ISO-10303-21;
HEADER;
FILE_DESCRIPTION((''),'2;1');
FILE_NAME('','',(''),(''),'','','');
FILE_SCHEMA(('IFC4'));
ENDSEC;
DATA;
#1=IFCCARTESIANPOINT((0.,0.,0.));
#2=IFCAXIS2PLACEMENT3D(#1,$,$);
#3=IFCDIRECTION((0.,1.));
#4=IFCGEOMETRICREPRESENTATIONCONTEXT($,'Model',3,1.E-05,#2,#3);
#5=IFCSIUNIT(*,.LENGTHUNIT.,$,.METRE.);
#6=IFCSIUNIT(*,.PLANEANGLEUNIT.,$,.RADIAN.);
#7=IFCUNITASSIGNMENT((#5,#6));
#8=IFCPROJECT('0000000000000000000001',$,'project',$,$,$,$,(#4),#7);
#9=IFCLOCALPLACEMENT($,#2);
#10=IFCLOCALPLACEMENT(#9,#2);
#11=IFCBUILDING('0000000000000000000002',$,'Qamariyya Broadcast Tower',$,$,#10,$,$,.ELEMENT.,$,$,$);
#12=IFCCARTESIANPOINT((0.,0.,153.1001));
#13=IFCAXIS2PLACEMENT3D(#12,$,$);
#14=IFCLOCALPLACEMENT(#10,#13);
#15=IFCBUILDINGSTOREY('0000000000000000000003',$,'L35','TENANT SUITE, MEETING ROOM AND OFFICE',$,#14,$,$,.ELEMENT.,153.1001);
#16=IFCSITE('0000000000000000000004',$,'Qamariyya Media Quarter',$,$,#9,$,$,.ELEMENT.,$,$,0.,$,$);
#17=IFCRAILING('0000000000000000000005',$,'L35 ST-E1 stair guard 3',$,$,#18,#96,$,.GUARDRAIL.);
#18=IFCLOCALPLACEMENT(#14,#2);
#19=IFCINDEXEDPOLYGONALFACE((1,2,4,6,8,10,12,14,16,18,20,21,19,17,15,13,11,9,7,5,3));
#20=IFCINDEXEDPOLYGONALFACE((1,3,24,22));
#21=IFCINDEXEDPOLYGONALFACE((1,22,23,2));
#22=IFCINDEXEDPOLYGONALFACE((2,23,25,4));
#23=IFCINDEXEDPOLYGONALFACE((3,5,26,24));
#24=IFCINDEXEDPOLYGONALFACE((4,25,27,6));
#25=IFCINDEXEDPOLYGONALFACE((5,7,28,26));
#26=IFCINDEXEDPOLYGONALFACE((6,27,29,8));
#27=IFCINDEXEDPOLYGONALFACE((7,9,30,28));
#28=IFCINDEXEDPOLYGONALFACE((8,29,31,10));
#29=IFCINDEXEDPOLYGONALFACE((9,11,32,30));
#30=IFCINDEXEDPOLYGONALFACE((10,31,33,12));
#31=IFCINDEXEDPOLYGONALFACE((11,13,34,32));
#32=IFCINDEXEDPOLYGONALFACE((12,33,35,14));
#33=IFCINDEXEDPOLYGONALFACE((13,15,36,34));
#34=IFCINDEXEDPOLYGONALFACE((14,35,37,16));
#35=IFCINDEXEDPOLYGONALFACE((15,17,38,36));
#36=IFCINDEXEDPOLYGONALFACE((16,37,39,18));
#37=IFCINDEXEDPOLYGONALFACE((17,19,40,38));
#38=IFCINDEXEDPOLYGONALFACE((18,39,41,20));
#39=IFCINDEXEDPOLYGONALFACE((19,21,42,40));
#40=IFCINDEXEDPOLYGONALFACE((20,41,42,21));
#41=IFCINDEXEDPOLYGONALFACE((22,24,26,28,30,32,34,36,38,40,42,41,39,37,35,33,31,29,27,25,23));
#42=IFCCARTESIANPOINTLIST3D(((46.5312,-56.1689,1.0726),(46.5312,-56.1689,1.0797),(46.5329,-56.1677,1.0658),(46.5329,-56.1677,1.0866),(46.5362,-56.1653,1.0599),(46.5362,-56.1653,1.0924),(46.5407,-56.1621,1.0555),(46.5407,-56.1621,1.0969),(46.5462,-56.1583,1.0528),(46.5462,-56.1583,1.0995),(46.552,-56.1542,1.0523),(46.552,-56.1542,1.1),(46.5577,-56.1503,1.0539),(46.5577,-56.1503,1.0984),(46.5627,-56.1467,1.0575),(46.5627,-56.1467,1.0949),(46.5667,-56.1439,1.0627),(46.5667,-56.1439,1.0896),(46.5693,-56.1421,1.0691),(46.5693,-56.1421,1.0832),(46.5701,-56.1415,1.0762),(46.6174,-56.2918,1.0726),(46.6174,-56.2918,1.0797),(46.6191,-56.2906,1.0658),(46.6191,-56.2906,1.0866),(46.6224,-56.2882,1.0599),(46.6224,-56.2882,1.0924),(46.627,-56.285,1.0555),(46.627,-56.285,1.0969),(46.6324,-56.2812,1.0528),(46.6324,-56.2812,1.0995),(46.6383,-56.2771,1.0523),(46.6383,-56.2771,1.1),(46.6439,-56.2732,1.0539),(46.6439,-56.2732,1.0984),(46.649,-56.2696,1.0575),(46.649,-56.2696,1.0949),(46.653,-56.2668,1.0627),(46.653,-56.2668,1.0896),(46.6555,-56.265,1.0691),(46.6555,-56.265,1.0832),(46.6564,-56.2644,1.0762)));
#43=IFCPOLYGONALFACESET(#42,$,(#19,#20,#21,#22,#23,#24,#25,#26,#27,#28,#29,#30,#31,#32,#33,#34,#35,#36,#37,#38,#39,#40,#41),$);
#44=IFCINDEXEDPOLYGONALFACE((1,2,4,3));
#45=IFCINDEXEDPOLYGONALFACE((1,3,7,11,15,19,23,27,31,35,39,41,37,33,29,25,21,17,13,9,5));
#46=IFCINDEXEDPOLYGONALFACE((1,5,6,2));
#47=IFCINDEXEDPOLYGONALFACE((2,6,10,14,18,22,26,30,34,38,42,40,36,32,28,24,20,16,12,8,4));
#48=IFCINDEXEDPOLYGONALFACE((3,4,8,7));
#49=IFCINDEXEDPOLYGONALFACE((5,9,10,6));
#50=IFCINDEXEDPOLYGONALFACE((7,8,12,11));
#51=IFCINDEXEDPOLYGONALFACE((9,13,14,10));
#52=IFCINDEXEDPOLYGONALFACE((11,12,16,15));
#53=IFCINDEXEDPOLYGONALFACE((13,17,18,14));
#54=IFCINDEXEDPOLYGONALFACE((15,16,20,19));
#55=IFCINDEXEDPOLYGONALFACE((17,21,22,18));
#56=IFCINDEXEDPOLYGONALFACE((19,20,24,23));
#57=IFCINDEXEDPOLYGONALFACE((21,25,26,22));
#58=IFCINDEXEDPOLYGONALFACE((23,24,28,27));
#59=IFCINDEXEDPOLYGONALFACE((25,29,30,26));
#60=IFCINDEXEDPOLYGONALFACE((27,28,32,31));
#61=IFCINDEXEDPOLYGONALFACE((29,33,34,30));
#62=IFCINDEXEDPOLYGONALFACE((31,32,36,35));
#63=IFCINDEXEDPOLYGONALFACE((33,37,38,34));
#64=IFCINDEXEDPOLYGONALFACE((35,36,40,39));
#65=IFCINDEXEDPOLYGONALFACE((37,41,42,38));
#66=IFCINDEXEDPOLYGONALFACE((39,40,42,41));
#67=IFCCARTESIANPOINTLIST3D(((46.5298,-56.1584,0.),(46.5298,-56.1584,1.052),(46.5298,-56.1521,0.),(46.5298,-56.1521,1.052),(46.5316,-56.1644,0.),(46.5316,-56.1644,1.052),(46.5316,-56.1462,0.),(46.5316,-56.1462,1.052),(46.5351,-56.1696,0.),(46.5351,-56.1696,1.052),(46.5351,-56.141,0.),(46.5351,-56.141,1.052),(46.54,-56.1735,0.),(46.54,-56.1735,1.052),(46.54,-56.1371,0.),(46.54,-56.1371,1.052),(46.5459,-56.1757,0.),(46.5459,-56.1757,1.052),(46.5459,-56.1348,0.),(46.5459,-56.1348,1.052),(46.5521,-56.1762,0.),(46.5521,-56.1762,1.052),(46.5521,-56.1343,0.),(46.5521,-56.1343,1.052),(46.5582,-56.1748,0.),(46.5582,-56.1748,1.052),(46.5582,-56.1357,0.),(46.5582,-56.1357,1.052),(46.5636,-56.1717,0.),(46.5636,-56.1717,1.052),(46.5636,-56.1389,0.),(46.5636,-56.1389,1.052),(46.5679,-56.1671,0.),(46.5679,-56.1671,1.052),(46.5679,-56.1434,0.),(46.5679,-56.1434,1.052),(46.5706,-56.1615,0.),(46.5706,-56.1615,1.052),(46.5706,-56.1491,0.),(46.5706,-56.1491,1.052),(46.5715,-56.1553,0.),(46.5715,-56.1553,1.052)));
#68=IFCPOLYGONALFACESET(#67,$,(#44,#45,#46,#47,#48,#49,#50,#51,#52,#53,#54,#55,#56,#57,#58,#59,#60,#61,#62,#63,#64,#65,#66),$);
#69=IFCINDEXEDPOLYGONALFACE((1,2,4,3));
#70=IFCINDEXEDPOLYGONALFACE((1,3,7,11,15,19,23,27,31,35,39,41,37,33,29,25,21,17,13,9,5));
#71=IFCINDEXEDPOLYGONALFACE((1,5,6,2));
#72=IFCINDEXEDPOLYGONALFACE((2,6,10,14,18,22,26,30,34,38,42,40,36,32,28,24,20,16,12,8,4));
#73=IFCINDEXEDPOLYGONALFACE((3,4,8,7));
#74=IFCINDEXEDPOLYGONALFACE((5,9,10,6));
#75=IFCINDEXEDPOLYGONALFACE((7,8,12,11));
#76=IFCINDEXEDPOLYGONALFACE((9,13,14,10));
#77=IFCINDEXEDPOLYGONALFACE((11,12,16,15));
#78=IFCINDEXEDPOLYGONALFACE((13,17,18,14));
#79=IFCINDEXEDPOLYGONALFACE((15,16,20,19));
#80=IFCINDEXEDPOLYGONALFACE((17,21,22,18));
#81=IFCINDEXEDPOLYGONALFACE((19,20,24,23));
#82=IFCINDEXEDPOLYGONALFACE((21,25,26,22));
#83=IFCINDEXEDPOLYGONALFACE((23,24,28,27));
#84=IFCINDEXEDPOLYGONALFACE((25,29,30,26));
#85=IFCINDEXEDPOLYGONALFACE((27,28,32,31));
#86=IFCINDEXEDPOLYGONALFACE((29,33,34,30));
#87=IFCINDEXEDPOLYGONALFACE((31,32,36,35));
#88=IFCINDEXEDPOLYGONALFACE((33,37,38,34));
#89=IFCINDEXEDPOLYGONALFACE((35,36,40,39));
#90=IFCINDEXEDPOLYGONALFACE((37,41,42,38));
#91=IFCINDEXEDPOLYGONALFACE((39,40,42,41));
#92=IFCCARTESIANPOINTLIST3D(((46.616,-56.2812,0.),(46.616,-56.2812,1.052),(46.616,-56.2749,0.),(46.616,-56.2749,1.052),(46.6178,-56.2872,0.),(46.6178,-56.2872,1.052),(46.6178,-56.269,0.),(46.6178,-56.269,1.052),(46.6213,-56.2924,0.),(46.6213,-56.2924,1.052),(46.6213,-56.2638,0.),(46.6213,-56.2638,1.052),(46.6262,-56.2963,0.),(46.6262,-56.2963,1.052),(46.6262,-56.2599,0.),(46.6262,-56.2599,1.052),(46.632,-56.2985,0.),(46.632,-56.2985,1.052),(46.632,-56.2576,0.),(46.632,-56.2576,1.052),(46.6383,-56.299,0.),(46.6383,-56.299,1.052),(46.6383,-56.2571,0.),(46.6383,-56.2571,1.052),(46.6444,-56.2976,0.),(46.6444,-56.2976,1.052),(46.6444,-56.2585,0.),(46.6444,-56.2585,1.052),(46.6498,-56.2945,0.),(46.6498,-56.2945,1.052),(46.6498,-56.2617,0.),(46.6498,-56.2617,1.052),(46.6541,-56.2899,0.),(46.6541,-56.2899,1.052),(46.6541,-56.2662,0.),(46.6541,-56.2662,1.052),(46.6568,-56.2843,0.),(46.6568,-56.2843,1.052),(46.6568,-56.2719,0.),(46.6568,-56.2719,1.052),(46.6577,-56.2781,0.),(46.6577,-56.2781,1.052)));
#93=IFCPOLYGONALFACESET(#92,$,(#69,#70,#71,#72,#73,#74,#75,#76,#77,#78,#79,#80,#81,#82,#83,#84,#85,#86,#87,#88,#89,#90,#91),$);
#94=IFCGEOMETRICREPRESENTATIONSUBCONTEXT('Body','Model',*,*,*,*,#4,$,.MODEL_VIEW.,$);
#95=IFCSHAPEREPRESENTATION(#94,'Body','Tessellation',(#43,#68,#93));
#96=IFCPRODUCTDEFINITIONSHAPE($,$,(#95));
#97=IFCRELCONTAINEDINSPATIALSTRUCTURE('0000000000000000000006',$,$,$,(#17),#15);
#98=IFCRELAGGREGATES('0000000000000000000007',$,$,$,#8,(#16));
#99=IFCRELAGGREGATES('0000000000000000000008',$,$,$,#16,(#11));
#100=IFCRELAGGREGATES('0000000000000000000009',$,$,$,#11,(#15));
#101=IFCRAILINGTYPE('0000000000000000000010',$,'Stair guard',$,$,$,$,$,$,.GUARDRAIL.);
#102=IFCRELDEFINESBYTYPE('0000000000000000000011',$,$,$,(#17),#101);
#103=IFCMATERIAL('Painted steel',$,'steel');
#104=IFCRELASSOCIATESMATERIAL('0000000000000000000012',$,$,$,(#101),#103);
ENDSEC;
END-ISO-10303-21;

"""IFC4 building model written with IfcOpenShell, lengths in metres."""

from ifc_helpers import new_model, si_unit, direction, frame, origin, origin_2d, place, context, subcontext, project, spatial, circle, extrude, material, type_object, element, save


model = new_model("IFC4")

# Units and contexts
model_context = context("Model", 3, precision=1e-05, world=origin(), true_north=direction((0.0, 1.0)))
body_context = subcontext(model_context, "Body", "Model", "MODEL_VIEW")
ifc_project = project(units=[si_unit("LENGTHUNIT", "METRE"), si_unit("PLANEANGLEUNIT", "RADIAN")], contexts=[model_context])

# Site, building, storey
site_placement = place(None, origin())
site = spatial("IfcSite", under=ifc_project, at=site_placement, Name="Qamariyya Media Quarter", CompositionType="ELEMENT", RefElevation=0.0)
building_placement = place(site_placement, origin())
building = spatial("IfcBuilding", under=site, at=building_placement, Name="Qamariyya Broadcast Tower", CompositionType="ELEMENT")
storey_placement = place(building_placement, frame((0.0, 0.0, 153.1001)))
storey = spatial("IfcBuildingStorey", under=building, at=storey_placement, Name="L35", Description="TENANT SUITE, MEETING ROOM AND OFFICE", CompositionType="ELEMENT", Elevation=153.1001)

# Railing
ifc_material_1 = material(Name="Painted steel", Category="steel")
railing_type_1 = type_object("IfcRailingType", Name="Stair guard", PredefinedType="GUARDRAIL", material=ifc_material_1)
railing_1_placement = place(storey_placement, frame((46.5505, -56.1553, 0.0)))
element("IfcRailing", 1, at=railing_1_placement, inside=storey, type_object=railing_type_1, Name="L35 ST-E1 stair guard 3", PredefinedType="GUARDRAIL", context=body_context, shape_type="SweptSolid", body=[
    extrude(circle(Radius=0.0239, at=origin_2d()), frame((0.0, 0.0, 1.0762), z_axis=(0.574445, -0.818543, 0.0), x_axis=(0.818543, 0.574445, 0.0)), (0.0, 0.0, 1.0), 0.1501),
    extrude(circle(Radius=0.021, at=origin_2d()), origin(), (0.0, 0.0, 1.0), 1.052),
    extrude(circle(Radius=0.021, at=origin_2d()), frame((0.0862, -0.1228, 0.0)), (0.0, 0.0, 1.0), 1.052),
])

save(model, "model.ifc")
